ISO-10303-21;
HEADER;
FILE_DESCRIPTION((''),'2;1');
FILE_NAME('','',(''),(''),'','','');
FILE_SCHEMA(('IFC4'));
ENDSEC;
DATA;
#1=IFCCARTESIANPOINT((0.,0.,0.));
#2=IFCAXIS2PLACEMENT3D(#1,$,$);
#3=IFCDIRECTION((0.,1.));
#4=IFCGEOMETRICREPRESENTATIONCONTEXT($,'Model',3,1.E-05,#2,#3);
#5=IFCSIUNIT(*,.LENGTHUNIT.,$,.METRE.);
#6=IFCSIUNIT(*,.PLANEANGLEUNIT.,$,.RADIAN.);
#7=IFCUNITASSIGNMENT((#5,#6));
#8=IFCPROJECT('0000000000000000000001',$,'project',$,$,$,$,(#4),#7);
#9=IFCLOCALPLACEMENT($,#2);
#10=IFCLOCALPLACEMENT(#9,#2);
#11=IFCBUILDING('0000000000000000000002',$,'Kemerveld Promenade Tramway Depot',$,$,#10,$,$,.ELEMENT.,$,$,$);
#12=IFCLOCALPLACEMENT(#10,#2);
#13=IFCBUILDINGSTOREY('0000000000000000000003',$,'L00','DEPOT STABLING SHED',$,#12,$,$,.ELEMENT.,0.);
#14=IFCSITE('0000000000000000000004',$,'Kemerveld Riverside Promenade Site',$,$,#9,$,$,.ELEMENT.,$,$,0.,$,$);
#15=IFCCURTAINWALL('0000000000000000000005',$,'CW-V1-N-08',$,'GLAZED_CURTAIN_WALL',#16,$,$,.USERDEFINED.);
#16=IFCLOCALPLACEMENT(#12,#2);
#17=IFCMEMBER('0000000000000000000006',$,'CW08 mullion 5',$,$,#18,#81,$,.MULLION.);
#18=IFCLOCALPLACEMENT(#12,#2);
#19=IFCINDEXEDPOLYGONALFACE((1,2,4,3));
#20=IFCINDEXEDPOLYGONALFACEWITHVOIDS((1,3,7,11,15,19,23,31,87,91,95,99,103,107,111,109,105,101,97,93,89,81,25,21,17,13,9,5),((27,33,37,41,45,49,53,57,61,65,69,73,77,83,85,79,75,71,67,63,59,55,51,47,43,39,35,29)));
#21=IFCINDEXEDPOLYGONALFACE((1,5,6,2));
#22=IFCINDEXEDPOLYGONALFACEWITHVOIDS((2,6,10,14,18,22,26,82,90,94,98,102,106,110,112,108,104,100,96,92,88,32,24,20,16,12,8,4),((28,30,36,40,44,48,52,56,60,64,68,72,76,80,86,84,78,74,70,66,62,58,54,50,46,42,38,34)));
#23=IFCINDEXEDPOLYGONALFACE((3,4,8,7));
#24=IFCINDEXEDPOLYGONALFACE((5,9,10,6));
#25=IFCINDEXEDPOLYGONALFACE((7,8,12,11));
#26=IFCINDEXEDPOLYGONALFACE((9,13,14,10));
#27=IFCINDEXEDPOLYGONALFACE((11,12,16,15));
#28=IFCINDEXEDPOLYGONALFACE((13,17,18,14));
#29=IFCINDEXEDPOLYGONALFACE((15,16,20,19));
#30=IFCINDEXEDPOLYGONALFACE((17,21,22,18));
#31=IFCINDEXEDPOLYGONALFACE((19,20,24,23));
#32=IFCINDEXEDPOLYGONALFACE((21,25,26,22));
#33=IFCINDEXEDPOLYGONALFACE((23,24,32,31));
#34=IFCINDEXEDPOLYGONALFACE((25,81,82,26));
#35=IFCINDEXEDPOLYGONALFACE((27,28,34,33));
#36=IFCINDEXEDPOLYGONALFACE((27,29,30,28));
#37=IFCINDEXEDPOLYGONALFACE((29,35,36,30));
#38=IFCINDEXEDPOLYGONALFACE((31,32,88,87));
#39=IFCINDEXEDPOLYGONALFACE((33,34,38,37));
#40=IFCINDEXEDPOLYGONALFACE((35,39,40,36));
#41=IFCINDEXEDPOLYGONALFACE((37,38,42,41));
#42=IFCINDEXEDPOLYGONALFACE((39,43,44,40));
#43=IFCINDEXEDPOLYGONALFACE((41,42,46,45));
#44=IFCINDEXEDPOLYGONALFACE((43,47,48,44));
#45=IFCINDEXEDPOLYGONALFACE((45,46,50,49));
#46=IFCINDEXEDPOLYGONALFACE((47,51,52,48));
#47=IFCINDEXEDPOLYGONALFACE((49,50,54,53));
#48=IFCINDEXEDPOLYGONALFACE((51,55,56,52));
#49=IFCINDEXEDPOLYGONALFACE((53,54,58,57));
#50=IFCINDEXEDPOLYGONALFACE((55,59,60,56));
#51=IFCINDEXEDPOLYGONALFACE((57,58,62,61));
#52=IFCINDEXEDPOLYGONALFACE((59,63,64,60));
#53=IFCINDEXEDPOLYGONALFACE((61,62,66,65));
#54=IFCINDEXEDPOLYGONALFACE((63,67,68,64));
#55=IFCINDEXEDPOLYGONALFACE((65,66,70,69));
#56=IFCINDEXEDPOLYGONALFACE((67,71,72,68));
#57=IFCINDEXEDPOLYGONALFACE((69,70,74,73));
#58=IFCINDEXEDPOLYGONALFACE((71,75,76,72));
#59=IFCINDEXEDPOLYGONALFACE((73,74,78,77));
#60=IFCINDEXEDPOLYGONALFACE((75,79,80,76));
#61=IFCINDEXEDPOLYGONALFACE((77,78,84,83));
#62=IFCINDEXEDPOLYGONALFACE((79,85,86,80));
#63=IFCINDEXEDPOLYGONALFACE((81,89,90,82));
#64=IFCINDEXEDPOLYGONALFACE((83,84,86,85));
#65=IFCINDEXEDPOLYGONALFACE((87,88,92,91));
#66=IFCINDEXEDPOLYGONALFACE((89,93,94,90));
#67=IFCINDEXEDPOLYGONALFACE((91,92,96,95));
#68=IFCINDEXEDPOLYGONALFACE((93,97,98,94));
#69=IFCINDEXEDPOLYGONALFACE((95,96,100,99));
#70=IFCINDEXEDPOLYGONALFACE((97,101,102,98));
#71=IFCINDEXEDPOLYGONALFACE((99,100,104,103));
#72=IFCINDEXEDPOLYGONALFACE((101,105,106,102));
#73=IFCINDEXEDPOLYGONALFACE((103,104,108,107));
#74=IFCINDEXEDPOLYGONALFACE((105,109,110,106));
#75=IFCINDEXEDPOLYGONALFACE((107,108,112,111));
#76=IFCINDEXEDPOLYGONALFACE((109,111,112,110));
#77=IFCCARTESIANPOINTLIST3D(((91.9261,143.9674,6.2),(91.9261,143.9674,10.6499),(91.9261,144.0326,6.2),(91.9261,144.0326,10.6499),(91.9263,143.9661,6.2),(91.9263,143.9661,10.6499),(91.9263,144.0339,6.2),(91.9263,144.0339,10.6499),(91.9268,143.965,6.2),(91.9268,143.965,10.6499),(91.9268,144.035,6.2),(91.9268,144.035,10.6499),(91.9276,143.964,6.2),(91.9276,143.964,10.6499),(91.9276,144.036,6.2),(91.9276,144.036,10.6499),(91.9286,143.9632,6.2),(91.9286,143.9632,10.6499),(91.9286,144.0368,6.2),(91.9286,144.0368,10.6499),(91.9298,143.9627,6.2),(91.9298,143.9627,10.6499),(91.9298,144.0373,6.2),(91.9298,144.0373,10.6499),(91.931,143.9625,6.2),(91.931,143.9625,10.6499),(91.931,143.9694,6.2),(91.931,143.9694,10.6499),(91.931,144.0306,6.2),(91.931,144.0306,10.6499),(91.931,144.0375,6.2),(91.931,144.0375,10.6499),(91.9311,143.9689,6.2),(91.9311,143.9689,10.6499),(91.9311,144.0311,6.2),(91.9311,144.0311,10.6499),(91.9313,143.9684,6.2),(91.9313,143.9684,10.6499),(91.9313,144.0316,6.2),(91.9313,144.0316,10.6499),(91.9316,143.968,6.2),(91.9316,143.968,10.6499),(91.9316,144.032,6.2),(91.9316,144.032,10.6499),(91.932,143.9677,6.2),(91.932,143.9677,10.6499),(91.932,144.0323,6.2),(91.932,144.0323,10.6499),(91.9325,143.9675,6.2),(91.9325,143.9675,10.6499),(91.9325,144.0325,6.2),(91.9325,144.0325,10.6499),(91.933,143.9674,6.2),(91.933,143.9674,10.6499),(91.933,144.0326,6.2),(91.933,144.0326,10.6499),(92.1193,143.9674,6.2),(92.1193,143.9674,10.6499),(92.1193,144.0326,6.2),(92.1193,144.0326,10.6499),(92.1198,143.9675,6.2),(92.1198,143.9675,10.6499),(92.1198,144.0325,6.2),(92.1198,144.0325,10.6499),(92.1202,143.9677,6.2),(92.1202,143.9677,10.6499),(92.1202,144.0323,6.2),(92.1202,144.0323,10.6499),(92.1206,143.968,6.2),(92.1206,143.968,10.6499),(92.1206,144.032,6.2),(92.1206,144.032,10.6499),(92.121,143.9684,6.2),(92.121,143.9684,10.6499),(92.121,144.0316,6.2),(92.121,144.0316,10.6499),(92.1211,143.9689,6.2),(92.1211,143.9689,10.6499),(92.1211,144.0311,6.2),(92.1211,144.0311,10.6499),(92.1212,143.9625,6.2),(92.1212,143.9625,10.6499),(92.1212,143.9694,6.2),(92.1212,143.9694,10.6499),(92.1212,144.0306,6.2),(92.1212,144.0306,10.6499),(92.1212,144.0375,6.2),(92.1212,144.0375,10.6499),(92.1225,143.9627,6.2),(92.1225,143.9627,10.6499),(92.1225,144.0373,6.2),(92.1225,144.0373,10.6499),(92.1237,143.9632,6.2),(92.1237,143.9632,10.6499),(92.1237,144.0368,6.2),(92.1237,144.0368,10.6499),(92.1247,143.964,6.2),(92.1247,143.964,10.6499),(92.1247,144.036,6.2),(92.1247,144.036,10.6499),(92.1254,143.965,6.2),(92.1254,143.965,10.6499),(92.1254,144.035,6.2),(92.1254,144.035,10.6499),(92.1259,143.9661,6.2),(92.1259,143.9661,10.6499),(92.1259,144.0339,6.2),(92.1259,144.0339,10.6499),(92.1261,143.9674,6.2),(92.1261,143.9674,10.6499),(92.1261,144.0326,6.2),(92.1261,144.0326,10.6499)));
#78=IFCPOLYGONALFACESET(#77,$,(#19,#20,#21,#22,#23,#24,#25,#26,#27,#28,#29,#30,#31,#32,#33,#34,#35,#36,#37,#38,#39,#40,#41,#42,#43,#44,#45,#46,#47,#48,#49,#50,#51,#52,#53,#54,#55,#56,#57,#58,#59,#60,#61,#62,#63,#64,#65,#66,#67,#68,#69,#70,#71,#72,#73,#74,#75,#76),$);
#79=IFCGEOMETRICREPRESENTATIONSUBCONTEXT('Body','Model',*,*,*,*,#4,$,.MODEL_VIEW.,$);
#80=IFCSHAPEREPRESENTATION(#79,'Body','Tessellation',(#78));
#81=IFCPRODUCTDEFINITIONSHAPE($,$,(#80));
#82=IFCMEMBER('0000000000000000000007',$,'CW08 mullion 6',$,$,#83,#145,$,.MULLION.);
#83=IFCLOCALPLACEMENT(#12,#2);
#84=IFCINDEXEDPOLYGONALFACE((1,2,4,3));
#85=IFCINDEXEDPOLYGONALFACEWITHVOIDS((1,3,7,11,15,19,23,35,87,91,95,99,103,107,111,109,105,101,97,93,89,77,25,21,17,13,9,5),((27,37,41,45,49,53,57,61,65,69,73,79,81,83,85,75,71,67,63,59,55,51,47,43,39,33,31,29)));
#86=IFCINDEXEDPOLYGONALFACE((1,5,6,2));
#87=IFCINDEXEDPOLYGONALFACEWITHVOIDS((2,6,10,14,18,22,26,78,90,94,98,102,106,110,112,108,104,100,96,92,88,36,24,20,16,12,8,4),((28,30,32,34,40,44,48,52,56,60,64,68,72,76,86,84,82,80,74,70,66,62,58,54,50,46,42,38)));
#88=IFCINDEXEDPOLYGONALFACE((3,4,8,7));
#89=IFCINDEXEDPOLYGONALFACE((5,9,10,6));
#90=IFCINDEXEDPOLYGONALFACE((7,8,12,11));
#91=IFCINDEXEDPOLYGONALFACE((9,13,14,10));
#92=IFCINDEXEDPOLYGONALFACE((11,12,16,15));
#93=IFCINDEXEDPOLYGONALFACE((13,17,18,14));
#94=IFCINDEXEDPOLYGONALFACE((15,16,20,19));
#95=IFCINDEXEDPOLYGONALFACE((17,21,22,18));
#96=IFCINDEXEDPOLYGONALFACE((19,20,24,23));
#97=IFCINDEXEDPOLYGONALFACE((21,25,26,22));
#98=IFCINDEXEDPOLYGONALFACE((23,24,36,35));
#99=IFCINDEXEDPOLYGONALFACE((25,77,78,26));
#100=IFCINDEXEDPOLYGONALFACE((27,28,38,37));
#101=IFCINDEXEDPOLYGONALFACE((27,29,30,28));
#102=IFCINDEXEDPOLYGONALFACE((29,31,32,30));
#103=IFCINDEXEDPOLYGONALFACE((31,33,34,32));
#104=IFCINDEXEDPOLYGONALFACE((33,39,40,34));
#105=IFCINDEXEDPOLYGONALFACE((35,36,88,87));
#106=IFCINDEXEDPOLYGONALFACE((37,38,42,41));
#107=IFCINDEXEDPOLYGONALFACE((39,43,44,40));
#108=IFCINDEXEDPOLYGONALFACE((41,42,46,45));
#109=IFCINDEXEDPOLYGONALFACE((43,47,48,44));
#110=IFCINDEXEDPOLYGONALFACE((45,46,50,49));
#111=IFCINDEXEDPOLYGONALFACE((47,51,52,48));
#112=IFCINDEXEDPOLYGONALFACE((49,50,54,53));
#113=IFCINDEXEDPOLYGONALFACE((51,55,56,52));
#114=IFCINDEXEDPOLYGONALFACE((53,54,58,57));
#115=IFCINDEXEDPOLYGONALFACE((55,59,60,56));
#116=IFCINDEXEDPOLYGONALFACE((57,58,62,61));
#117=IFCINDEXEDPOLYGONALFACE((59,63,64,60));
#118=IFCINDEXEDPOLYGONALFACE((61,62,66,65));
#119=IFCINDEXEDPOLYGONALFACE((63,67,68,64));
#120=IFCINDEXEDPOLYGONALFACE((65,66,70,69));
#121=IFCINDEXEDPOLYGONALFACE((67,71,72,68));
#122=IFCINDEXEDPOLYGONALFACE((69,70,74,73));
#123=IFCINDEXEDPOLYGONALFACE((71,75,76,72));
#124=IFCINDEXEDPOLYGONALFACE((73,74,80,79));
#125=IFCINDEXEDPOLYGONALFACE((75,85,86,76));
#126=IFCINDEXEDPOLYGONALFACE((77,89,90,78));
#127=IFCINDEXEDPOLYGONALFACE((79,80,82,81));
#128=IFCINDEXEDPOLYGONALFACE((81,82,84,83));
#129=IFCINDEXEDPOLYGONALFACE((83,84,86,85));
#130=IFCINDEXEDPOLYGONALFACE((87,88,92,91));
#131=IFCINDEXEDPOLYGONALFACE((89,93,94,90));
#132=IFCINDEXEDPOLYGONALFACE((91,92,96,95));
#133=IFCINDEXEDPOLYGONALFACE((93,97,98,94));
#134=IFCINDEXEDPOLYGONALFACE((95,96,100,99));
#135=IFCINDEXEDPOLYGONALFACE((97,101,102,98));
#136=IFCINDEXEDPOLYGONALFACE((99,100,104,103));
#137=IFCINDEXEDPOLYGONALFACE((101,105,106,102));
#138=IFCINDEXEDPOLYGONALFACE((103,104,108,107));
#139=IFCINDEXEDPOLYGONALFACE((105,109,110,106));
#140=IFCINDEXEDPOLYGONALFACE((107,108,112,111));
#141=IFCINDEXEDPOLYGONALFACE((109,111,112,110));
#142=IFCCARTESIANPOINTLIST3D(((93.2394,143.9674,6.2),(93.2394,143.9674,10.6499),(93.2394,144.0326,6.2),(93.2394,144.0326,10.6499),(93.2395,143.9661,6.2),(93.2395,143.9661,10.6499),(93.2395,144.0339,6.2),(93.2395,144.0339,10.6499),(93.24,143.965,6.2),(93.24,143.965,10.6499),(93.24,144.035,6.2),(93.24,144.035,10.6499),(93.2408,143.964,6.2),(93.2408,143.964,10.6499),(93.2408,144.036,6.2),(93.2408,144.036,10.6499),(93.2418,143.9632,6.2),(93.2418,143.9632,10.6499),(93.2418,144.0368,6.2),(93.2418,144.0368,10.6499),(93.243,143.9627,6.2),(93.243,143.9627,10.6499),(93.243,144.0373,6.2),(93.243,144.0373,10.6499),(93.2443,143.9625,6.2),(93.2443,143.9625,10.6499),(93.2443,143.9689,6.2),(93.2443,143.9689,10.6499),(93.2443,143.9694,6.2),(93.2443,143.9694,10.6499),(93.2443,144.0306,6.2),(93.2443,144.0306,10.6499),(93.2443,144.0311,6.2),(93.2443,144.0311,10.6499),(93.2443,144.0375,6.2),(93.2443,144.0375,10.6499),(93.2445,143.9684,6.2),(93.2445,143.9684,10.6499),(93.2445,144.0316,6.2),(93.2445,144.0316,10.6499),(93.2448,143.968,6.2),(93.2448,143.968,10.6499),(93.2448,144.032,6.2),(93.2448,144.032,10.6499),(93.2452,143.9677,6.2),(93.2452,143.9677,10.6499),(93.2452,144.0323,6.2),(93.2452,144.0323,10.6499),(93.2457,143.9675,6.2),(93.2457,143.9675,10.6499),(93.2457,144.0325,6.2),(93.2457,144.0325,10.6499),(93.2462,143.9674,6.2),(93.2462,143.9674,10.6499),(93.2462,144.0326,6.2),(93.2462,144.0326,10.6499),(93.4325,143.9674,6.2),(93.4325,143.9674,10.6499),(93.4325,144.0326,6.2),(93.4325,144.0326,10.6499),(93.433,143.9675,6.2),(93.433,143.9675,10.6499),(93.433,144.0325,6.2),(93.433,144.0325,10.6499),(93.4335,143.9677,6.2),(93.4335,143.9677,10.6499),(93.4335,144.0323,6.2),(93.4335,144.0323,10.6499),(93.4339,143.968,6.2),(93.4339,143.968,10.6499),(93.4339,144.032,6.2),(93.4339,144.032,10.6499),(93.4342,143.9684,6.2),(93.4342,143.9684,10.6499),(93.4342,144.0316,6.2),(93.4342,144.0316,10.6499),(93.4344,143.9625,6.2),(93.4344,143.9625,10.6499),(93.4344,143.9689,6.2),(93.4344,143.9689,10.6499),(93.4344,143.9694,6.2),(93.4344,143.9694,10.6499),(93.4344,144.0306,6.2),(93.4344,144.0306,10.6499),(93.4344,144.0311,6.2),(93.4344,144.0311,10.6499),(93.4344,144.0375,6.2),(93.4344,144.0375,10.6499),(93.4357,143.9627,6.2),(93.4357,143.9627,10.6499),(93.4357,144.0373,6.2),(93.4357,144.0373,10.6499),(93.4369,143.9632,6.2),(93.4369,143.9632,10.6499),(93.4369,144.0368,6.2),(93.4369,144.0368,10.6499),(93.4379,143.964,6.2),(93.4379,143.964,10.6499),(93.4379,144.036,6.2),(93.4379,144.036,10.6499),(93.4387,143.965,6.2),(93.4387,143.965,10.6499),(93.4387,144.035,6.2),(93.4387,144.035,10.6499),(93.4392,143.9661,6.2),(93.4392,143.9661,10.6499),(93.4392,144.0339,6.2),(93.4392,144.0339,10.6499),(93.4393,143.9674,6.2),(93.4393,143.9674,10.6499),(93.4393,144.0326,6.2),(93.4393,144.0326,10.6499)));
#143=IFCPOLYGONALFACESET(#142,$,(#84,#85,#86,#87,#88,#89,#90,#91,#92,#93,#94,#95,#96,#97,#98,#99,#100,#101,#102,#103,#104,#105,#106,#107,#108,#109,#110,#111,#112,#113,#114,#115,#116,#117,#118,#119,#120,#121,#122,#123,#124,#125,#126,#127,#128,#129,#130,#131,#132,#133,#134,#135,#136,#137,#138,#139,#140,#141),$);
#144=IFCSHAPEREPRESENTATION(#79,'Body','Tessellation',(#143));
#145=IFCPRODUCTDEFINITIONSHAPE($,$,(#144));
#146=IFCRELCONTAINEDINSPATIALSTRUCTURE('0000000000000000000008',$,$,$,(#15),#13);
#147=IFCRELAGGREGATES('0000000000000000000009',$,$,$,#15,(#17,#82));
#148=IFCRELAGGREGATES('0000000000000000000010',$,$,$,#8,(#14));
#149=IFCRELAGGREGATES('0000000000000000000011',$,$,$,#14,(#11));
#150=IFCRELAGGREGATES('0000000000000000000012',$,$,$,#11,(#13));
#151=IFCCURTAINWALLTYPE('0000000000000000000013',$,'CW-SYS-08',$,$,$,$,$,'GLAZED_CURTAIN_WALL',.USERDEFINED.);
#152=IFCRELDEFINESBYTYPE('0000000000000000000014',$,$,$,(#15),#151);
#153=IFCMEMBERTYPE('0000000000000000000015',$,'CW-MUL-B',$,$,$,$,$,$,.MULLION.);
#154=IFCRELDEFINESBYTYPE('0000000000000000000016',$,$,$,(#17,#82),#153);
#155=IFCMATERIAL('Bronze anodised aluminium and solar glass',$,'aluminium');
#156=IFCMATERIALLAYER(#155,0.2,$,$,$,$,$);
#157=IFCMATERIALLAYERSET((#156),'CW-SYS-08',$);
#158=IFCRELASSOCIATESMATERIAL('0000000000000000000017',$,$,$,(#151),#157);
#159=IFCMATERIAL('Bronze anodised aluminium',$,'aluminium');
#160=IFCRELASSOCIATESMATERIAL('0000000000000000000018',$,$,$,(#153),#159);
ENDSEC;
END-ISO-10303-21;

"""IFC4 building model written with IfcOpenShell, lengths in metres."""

from ifc_helpers import new_model, si_unit, direction, frame, origin, origin_2d, place, context, subcontext, project, spatial, hollow_rectangle, extrude, material, layer, layer_set, material_profile, profile_set, type_object, element, aggregate, save


model = new_model("IFC4")

# Units and contexts
model_context = context("Model", 3, precision=1e-05, world=origin(), true_north=direction((0.0, 1.0)))
body_context = subcontext(model_context, "Body", "Model", "MODEL_VIEW")
ifc_project = project(units=[si_unit("LENGTHUNIT", "METRE"), si_unit("PLANEANGLEUNIT", "RADIAN")], contexts=[model_context])

# Site, building, storey
site_placement = place(None, origin())
site = spatial("IfcSite", under=ifc_project, at=site_placement, Name="Kemerveld Riverside Promenade Site", CompositionType="ELEMENT", RefElevation=0.0)
building_placement = place(site_placement, origin())
building = spatial("IfcBuilding", under=site, at=building_placement, Name="Kemerveld Promenade Tramway Depot", CompositionType="ELEMENT")
storey_placement = place(building_placement, origin())
storey = spatial("IfcBuildingStorey", under=building, at=storey_placement, Name="L00", Description="DEPOT STABLING SHED", CompositionType="ELEMENT", Elevation=0.0)

# Shared definitions
ifc_material_1 = material(Name="Bronze anodised aluminium and solar glass", Category="aluminium")
ifc_material_2 = material(Name="Bronze anodised aluminium", Category="aluminium")

# Curtain wall, members
ifc_layer_1 = layer(ifc_material_1, 0.2)
ifc_layer_set_1 = layer_set([ifc_layer_1], Name="CW-SYS-08")
curtain_wall_type_1 = type_object("IfcCurtainWallType", Name="CW-SYS-08", ElementType="GLAZED_CURTAIN_WALL", PredefinedType="USERDEFINED", material=ifc_layer_set_1)
curtain_wall_1_placement = place(storey_placement, origin())
curtain_wall_1 = element("IfcCurtainWall", 1, at=curtain_wall_1_placement, inside=storey, type_object=curtain_wall_type_1, Name="CW-V1-N-08", ObjectType="GLAZED_CURTAIN_WALL", PredefinedType="USERDEFINED")
ifc_material_profile_1 = material_profile(ifc_material_2, hollow_rectangle(XDim=0.075, YDim=0.2, WallThickness=0.0049, InnerFilletRadius=0.002, OuterFilletRadius=0.0049, at=origin_2d()), Name="CW-MUL-200x75")
ifc_profile_set_1 = profile_set([ifc_material_profile_1], Name="Bronze anodised aluminium")
member_type_1 = type_object("IfcMemberType", Name="CW-MUL-B", PredefinedType="MULLION", material=ifc_profile_set_1)
member_1_placement = place(storey_placement, frame((92.0261, 144.0, 6.2), z_axis=(0.0, 0.0, 1.0), x_axis=(0.0, 1.0, 0.0)))
member_1 = element("IfcMember", 2, at=member_1_placement, type_object=member_type_1, Name="CW08 mullion 5", PredefinedType="MULLION", context=body_context, shape_type="SweptSolid", body=[
    extrude(hollow_rectangle(XDim=0.075, YDim=0.2, WallThickness=0.0049, InnerFilletRadius=0.002, OuterFilletRadius=0.0049, at=origin_2d()), origin(), (0.0, 0.0, 1.0), 4.45),
])
member_2_placement = place(storey_placement, frame((93.3394, 144.0, 6.2), z_axis=(0.0, 0.0, 1.0), x_axis=(0.0, 1.0, 0.0)))
member_2 = element("IfcMember", 3, at=member_2_placement, type_object=member_type_1, Name="CW08 mullion 6", PredefinedType="MULLION", context=body_context, shape_type="SweptSolid", body=[
    extrude(hollow_rectangle(XDim=0.075, YDim=0.2, WallThickness=0.0049, InnerFilletRadius=0.002, OuterFilletRadius=0.0049, at=origin_2d()), origin(), (0.0, 0.0, 1.0), 4.45),
])

aggregate(curtain_wall_1, [member_1, member_2])

save(model, "model.ifc")
